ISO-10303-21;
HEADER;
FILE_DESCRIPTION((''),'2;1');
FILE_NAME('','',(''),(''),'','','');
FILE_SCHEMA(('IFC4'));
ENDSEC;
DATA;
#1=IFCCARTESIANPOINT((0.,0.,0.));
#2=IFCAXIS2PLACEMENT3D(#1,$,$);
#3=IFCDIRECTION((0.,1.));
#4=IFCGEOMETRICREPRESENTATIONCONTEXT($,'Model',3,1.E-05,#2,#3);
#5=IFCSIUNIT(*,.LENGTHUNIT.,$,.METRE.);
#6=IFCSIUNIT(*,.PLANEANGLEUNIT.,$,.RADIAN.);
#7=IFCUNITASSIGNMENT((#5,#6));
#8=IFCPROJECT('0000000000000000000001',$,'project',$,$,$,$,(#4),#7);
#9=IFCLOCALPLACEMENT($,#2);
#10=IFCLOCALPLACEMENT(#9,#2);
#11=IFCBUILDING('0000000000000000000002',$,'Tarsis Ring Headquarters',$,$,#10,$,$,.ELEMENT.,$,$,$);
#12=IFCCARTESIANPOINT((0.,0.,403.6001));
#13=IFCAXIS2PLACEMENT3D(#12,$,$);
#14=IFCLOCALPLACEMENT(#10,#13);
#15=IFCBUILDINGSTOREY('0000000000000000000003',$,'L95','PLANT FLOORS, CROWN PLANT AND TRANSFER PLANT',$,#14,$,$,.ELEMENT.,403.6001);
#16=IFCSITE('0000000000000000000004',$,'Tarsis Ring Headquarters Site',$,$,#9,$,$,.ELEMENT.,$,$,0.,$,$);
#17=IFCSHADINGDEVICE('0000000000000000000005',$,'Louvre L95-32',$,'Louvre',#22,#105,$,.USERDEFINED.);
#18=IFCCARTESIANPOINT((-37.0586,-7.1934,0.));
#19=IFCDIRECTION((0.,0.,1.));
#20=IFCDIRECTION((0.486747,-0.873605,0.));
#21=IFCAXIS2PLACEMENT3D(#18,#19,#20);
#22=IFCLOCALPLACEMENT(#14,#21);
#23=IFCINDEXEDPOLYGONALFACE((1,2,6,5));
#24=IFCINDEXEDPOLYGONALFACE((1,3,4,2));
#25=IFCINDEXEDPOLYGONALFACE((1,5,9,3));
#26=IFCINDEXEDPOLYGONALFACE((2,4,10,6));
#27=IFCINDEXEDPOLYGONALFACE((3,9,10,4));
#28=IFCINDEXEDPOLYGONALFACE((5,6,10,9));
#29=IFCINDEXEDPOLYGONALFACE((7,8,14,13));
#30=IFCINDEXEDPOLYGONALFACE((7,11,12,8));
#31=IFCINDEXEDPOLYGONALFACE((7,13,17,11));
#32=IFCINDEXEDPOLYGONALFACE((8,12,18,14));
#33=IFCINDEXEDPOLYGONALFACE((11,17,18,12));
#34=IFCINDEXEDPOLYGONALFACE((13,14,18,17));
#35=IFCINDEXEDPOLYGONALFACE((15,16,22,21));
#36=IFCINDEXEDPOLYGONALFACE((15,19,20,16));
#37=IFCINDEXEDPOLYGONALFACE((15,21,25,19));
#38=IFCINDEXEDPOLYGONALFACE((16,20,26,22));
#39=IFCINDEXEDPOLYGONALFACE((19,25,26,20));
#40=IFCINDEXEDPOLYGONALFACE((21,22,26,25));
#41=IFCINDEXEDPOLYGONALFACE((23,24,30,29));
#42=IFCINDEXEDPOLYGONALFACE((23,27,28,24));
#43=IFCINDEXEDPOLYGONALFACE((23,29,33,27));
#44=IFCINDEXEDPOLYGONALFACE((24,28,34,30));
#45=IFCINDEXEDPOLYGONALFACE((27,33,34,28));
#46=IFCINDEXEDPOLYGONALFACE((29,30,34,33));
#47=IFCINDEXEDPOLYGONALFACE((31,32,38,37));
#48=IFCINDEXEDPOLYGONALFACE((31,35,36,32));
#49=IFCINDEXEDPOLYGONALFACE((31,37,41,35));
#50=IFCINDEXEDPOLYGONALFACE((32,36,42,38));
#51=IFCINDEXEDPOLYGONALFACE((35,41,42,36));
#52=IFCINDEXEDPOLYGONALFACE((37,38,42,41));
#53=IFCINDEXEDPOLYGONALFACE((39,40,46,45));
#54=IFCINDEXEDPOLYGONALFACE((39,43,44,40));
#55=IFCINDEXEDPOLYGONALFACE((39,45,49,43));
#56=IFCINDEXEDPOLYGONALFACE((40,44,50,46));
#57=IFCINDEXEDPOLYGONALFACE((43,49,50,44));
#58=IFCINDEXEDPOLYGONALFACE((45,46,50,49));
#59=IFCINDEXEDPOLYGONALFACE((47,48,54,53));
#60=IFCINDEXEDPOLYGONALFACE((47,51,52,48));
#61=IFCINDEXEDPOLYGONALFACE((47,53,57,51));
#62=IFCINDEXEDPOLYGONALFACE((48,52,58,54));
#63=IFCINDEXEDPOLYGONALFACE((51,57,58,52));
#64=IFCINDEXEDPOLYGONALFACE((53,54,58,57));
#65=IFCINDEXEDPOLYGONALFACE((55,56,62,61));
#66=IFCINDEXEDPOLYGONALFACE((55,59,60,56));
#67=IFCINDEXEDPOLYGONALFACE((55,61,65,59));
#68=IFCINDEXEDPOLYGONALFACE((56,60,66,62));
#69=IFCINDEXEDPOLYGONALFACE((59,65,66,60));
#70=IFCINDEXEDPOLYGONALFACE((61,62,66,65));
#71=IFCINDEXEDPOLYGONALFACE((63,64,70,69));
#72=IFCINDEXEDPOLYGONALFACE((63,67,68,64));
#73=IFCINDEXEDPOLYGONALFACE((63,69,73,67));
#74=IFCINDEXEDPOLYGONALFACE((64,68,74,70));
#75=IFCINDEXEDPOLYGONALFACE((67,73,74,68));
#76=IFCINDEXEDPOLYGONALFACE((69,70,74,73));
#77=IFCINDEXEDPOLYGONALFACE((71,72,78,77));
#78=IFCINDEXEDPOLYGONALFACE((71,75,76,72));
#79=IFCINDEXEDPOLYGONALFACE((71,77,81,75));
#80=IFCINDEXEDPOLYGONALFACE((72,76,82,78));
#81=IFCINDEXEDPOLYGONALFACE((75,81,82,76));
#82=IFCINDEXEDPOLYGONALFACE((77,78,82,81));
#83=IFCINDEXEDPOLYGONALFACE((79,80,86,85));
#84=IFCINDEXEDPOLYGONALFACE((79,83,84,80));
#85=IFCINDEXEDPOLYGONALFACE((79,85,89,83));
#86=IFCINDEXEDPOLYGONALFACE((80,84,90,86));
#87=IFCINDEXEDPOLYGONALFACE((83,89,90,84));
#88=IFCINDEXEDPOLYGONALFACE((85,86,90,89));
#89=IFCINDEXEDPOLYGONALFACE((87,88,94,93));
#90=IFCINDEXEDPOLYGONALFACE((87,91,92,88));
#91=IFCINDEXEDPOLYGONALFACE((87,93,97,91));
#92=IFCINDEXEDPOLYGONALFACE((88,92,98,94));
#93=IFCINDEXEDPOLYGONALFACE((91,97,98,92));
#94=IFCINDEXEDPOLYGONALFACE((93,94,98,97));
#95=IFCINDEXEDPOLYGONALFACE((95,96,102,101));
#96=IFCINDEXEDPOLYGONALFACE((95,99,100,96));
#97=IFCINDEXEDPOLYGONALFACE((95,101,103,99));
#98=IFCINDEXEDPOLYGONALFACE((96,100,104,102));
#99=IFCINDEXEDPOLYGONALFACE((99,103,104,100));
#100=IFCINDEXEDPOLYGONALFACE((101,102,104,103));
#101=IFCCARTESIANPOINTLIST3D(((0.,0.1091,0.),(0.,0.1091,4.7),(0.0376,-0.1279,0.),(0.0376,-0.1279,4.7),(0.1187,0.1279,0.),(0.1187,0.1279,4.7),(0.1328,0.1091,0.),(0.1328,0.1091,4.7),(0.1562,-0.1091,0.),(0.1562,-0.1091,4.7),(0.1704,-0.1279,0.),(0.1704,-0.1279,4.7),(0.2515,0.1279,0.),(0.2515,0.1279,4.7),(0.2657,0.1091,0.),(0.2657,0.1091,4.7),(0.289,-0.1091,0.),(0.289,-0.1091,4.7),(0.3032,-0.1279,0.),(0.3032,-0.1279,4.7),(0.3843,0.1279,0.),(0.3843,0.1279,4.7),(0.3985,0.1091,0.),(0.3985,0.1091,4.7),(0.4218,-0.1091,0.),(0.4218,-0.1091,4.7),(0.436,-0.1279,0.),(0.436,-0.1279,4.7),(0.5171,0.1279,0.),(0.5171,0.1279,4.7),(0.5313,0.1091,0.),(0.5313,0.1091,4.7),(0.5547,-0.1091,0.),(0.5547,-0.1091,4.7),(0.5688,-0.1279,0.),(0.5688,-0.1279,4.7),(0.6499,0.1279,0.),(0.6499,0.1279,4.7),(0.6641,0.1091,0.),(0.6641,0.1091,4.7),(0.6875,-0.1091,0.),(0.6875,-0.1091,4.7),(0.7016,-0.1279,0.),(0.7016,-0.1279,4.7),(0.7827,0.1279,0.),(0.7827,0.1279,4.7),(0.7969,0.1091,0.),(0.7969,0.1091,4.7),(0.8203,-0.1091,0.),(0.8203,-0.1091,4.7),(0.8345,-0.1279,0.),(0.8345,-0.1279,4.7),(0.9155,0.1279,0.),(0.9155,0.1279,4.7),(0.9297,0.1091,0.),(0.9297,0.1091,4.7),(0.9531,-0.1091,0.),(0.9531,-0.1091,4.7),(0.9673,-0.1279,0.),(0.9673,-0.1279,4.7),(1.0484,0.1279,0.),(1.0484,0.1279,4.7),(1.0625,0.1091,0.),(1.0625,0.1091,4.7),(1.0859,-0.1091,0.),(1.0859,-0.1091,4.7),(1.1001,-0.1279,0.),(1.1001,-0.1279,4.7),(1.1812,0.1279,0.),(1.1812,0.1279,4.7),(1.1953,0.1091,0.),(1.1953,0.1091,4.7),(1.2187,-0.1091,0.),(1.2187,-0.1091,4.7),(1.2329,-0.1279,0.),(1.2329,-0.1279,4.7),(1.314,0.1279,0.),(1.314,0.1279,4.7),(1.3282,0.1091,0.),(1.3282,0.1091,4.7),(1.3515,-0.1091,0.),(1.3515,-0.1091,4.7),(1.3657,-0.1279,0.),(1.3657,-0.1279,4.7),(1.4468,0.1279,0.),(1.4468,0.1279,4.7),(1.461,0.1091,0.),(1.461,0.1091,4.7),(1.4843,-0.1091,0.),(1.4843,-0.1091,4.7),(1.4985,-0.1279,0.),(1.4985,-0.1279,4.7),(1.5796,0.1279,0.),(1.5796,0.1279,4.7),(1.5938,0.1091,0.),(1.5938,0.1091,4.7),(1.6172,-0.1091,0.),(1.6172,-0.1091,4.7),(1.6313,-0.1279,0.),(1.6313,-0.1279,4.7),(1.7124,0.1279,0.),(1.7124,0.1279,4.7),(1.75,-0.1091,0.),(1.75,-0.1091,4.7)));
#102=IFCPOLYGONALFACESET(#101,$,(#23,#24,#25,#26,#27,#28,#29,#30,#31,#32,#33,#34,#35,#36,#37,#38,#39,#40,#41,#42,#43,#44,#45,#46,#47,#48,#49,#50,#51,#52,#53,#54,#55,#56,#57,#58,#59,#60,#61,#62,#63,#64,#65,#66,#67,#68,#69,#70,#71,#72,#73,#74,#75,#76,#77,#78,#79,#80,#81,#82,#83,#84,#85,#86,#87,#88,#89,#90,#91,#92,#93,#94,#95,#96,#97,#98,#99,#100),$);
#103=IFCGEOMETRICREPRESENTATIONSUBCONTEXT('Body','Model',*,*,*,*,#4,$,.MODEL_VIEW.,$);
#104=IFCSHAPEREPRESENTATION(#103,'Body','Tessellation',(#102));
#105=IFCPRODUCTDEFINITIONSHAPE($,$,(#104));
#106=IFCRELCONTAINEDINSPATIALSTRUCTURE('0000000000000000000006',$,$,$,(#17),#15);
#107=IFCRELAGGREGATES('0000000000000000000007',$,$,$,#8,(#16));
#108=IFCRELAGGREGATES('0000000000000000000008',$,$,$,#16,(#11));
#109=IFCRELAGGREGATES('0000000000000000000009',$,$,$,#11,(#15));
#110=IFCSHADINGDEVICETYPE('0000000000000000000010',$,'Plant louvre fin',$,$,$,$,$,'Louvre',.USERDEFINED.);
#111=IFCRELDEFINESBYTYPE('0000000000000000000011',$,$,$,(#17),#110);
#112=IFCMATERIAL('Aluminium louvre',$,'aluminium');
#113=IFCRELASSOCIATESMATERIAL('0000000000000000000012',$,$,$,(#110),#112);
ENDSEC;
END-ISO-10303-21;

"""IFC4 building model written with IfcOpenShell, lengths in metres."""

from ifc_helpers import new_model, si_unit, direction, frame, frame_2d, origin, place, context, subcontext, project, spatial, rectangle, composite_profile, extrude, material, type_object, element, save


model = new_model("IFC4")

# Units and contexts
model_context = context("Model", 3, precision=1e-05, world=origin(), true_north=direction((0.0, 1.0)))
body_context = subcontext(model_context, "Body", "Model", "MODEL_VIEW")
ifc_project = project(units=[si_unit("LENGTHUNIT", "METRE"), si_unit("PLANEANGLEUNIT", "RADIAN")], contexts=[model_context])

# Site, building, storey
site_placement = place(None, origin())
site = spatial("IfcSite", under=ifc_project, at=site_placement, Name="Tarsis Ring Headquarters Site", CompositionType="ELEMENT", RefElevation=0.0)
building_placement = place(site_placement, origin())
building = spatial("IfcBuilding", under=site, at=building_placement, Name="Tarsis Ring Headquarters", CompositionType="ELEMENT")
storey_placement = place(building_placement, frame((0.0, 0.0, 403.6001)))
storey = spatial("IfcBuildingStorey", under=building, at=storey_placement, Name="L95", Description="PLANT FLOORS, CROWN PLANT AND TRANSFER PLANT", CompositionType="ELEMENT", Elevation=403.6001)

# Shading device
ifc_material_1 = material(Name="Aluminium louvre", Category="aluminium")
shading_device_type_1 = type_object("IfcShadingDeviceType", Name="Plant louvre fin", ElementType="Louvre", PredefinedType="USERDEFINED", material=ifc_material_1)
shading_device_1_placement = place(storey_placement, frame((-37.0586, -7.1934, 0.0), z_axis=(0.0, 0.0, 1.0), x_axis=(0.486747, -0.873605, 0.0)))
element("IfcShadingDevice", 1, at=shading_device_1_placement, inside=storey, type_object=shading_device_type_1, Name="Louvre L95-32", ObjectType="Louvre", PredefinedType="USERDEFINED", context=body_context, shape_type="SweptSolid", body=[
    extrude(composite_profile([rectangle(XDim=0.1201, YDim=0.24, at=frame_2d((0.0781, 0.0), x_axis=(0.987688, 0.156434))), rectangle(XDim=0.1201, YDim=0.24, at=frame_2d((0.2109, 0.0), x_axis=(0.987688, 0.156434))), rectangle(XDim=0.1201, YDim=0.24, at=frame_2d((0.3438, 0.0), x_axis=(0.987688, 0.156434))), rectangle(XDim=0.1201, YDim=0.24, at=frame_2d((0.4766, 0.0), x_axis=(0.987688, 0.156434))), rectangle(XDim=0.1201, YDim=0.24, at=frame_2d((0.6094, 0.0), x_axis=(0.987688, 0.156434))), rectangle(XDim=0.1201, YDim=0.24, at=frame_2d((0.7422, 0.0), x_axis=(0.987688, 0.156434))), rectangle(XDim=0.1201, YDim=0.24, at=frame_2d((0.875, 0.0), x_axis=(0.987688, 0.156434))), rectangle(XDim=0.1201, YDim=0.24, at=frame_2d((1.0078, 0.0), x_axis=(0.987688, 0.156434))), rectangle(XDim=0.1201, YDim=0.24, at=frame_2d((1.1406, 0.0), x_axis=(0.987688, 0.156434))), rectangle(XDim=0.1201, YDim=0.24, at=frame_2d((1.2734, 0.0), x_axis=(0.987688, 0.156434))), rectangle(XDim=0.1201, YDim=0.24, at=frame_2d((1.4062, 0.0), x_axis=(0.987688, 0.156434))), rectangle(XDim=0.1201, YDim=0.24, at=frame_2d((1.5391, 0.0), x_axis=(0.987688, 0.156434))), rectangle(XDim=0.1201, YDim=0.24, at=frame_2d((1.6719, 0.0), x_axis=(0.987688, 0.156434)))]), origin(), (0.0, 0.0, 1.0), 4.7),
])

save(model, "model.ifc")
